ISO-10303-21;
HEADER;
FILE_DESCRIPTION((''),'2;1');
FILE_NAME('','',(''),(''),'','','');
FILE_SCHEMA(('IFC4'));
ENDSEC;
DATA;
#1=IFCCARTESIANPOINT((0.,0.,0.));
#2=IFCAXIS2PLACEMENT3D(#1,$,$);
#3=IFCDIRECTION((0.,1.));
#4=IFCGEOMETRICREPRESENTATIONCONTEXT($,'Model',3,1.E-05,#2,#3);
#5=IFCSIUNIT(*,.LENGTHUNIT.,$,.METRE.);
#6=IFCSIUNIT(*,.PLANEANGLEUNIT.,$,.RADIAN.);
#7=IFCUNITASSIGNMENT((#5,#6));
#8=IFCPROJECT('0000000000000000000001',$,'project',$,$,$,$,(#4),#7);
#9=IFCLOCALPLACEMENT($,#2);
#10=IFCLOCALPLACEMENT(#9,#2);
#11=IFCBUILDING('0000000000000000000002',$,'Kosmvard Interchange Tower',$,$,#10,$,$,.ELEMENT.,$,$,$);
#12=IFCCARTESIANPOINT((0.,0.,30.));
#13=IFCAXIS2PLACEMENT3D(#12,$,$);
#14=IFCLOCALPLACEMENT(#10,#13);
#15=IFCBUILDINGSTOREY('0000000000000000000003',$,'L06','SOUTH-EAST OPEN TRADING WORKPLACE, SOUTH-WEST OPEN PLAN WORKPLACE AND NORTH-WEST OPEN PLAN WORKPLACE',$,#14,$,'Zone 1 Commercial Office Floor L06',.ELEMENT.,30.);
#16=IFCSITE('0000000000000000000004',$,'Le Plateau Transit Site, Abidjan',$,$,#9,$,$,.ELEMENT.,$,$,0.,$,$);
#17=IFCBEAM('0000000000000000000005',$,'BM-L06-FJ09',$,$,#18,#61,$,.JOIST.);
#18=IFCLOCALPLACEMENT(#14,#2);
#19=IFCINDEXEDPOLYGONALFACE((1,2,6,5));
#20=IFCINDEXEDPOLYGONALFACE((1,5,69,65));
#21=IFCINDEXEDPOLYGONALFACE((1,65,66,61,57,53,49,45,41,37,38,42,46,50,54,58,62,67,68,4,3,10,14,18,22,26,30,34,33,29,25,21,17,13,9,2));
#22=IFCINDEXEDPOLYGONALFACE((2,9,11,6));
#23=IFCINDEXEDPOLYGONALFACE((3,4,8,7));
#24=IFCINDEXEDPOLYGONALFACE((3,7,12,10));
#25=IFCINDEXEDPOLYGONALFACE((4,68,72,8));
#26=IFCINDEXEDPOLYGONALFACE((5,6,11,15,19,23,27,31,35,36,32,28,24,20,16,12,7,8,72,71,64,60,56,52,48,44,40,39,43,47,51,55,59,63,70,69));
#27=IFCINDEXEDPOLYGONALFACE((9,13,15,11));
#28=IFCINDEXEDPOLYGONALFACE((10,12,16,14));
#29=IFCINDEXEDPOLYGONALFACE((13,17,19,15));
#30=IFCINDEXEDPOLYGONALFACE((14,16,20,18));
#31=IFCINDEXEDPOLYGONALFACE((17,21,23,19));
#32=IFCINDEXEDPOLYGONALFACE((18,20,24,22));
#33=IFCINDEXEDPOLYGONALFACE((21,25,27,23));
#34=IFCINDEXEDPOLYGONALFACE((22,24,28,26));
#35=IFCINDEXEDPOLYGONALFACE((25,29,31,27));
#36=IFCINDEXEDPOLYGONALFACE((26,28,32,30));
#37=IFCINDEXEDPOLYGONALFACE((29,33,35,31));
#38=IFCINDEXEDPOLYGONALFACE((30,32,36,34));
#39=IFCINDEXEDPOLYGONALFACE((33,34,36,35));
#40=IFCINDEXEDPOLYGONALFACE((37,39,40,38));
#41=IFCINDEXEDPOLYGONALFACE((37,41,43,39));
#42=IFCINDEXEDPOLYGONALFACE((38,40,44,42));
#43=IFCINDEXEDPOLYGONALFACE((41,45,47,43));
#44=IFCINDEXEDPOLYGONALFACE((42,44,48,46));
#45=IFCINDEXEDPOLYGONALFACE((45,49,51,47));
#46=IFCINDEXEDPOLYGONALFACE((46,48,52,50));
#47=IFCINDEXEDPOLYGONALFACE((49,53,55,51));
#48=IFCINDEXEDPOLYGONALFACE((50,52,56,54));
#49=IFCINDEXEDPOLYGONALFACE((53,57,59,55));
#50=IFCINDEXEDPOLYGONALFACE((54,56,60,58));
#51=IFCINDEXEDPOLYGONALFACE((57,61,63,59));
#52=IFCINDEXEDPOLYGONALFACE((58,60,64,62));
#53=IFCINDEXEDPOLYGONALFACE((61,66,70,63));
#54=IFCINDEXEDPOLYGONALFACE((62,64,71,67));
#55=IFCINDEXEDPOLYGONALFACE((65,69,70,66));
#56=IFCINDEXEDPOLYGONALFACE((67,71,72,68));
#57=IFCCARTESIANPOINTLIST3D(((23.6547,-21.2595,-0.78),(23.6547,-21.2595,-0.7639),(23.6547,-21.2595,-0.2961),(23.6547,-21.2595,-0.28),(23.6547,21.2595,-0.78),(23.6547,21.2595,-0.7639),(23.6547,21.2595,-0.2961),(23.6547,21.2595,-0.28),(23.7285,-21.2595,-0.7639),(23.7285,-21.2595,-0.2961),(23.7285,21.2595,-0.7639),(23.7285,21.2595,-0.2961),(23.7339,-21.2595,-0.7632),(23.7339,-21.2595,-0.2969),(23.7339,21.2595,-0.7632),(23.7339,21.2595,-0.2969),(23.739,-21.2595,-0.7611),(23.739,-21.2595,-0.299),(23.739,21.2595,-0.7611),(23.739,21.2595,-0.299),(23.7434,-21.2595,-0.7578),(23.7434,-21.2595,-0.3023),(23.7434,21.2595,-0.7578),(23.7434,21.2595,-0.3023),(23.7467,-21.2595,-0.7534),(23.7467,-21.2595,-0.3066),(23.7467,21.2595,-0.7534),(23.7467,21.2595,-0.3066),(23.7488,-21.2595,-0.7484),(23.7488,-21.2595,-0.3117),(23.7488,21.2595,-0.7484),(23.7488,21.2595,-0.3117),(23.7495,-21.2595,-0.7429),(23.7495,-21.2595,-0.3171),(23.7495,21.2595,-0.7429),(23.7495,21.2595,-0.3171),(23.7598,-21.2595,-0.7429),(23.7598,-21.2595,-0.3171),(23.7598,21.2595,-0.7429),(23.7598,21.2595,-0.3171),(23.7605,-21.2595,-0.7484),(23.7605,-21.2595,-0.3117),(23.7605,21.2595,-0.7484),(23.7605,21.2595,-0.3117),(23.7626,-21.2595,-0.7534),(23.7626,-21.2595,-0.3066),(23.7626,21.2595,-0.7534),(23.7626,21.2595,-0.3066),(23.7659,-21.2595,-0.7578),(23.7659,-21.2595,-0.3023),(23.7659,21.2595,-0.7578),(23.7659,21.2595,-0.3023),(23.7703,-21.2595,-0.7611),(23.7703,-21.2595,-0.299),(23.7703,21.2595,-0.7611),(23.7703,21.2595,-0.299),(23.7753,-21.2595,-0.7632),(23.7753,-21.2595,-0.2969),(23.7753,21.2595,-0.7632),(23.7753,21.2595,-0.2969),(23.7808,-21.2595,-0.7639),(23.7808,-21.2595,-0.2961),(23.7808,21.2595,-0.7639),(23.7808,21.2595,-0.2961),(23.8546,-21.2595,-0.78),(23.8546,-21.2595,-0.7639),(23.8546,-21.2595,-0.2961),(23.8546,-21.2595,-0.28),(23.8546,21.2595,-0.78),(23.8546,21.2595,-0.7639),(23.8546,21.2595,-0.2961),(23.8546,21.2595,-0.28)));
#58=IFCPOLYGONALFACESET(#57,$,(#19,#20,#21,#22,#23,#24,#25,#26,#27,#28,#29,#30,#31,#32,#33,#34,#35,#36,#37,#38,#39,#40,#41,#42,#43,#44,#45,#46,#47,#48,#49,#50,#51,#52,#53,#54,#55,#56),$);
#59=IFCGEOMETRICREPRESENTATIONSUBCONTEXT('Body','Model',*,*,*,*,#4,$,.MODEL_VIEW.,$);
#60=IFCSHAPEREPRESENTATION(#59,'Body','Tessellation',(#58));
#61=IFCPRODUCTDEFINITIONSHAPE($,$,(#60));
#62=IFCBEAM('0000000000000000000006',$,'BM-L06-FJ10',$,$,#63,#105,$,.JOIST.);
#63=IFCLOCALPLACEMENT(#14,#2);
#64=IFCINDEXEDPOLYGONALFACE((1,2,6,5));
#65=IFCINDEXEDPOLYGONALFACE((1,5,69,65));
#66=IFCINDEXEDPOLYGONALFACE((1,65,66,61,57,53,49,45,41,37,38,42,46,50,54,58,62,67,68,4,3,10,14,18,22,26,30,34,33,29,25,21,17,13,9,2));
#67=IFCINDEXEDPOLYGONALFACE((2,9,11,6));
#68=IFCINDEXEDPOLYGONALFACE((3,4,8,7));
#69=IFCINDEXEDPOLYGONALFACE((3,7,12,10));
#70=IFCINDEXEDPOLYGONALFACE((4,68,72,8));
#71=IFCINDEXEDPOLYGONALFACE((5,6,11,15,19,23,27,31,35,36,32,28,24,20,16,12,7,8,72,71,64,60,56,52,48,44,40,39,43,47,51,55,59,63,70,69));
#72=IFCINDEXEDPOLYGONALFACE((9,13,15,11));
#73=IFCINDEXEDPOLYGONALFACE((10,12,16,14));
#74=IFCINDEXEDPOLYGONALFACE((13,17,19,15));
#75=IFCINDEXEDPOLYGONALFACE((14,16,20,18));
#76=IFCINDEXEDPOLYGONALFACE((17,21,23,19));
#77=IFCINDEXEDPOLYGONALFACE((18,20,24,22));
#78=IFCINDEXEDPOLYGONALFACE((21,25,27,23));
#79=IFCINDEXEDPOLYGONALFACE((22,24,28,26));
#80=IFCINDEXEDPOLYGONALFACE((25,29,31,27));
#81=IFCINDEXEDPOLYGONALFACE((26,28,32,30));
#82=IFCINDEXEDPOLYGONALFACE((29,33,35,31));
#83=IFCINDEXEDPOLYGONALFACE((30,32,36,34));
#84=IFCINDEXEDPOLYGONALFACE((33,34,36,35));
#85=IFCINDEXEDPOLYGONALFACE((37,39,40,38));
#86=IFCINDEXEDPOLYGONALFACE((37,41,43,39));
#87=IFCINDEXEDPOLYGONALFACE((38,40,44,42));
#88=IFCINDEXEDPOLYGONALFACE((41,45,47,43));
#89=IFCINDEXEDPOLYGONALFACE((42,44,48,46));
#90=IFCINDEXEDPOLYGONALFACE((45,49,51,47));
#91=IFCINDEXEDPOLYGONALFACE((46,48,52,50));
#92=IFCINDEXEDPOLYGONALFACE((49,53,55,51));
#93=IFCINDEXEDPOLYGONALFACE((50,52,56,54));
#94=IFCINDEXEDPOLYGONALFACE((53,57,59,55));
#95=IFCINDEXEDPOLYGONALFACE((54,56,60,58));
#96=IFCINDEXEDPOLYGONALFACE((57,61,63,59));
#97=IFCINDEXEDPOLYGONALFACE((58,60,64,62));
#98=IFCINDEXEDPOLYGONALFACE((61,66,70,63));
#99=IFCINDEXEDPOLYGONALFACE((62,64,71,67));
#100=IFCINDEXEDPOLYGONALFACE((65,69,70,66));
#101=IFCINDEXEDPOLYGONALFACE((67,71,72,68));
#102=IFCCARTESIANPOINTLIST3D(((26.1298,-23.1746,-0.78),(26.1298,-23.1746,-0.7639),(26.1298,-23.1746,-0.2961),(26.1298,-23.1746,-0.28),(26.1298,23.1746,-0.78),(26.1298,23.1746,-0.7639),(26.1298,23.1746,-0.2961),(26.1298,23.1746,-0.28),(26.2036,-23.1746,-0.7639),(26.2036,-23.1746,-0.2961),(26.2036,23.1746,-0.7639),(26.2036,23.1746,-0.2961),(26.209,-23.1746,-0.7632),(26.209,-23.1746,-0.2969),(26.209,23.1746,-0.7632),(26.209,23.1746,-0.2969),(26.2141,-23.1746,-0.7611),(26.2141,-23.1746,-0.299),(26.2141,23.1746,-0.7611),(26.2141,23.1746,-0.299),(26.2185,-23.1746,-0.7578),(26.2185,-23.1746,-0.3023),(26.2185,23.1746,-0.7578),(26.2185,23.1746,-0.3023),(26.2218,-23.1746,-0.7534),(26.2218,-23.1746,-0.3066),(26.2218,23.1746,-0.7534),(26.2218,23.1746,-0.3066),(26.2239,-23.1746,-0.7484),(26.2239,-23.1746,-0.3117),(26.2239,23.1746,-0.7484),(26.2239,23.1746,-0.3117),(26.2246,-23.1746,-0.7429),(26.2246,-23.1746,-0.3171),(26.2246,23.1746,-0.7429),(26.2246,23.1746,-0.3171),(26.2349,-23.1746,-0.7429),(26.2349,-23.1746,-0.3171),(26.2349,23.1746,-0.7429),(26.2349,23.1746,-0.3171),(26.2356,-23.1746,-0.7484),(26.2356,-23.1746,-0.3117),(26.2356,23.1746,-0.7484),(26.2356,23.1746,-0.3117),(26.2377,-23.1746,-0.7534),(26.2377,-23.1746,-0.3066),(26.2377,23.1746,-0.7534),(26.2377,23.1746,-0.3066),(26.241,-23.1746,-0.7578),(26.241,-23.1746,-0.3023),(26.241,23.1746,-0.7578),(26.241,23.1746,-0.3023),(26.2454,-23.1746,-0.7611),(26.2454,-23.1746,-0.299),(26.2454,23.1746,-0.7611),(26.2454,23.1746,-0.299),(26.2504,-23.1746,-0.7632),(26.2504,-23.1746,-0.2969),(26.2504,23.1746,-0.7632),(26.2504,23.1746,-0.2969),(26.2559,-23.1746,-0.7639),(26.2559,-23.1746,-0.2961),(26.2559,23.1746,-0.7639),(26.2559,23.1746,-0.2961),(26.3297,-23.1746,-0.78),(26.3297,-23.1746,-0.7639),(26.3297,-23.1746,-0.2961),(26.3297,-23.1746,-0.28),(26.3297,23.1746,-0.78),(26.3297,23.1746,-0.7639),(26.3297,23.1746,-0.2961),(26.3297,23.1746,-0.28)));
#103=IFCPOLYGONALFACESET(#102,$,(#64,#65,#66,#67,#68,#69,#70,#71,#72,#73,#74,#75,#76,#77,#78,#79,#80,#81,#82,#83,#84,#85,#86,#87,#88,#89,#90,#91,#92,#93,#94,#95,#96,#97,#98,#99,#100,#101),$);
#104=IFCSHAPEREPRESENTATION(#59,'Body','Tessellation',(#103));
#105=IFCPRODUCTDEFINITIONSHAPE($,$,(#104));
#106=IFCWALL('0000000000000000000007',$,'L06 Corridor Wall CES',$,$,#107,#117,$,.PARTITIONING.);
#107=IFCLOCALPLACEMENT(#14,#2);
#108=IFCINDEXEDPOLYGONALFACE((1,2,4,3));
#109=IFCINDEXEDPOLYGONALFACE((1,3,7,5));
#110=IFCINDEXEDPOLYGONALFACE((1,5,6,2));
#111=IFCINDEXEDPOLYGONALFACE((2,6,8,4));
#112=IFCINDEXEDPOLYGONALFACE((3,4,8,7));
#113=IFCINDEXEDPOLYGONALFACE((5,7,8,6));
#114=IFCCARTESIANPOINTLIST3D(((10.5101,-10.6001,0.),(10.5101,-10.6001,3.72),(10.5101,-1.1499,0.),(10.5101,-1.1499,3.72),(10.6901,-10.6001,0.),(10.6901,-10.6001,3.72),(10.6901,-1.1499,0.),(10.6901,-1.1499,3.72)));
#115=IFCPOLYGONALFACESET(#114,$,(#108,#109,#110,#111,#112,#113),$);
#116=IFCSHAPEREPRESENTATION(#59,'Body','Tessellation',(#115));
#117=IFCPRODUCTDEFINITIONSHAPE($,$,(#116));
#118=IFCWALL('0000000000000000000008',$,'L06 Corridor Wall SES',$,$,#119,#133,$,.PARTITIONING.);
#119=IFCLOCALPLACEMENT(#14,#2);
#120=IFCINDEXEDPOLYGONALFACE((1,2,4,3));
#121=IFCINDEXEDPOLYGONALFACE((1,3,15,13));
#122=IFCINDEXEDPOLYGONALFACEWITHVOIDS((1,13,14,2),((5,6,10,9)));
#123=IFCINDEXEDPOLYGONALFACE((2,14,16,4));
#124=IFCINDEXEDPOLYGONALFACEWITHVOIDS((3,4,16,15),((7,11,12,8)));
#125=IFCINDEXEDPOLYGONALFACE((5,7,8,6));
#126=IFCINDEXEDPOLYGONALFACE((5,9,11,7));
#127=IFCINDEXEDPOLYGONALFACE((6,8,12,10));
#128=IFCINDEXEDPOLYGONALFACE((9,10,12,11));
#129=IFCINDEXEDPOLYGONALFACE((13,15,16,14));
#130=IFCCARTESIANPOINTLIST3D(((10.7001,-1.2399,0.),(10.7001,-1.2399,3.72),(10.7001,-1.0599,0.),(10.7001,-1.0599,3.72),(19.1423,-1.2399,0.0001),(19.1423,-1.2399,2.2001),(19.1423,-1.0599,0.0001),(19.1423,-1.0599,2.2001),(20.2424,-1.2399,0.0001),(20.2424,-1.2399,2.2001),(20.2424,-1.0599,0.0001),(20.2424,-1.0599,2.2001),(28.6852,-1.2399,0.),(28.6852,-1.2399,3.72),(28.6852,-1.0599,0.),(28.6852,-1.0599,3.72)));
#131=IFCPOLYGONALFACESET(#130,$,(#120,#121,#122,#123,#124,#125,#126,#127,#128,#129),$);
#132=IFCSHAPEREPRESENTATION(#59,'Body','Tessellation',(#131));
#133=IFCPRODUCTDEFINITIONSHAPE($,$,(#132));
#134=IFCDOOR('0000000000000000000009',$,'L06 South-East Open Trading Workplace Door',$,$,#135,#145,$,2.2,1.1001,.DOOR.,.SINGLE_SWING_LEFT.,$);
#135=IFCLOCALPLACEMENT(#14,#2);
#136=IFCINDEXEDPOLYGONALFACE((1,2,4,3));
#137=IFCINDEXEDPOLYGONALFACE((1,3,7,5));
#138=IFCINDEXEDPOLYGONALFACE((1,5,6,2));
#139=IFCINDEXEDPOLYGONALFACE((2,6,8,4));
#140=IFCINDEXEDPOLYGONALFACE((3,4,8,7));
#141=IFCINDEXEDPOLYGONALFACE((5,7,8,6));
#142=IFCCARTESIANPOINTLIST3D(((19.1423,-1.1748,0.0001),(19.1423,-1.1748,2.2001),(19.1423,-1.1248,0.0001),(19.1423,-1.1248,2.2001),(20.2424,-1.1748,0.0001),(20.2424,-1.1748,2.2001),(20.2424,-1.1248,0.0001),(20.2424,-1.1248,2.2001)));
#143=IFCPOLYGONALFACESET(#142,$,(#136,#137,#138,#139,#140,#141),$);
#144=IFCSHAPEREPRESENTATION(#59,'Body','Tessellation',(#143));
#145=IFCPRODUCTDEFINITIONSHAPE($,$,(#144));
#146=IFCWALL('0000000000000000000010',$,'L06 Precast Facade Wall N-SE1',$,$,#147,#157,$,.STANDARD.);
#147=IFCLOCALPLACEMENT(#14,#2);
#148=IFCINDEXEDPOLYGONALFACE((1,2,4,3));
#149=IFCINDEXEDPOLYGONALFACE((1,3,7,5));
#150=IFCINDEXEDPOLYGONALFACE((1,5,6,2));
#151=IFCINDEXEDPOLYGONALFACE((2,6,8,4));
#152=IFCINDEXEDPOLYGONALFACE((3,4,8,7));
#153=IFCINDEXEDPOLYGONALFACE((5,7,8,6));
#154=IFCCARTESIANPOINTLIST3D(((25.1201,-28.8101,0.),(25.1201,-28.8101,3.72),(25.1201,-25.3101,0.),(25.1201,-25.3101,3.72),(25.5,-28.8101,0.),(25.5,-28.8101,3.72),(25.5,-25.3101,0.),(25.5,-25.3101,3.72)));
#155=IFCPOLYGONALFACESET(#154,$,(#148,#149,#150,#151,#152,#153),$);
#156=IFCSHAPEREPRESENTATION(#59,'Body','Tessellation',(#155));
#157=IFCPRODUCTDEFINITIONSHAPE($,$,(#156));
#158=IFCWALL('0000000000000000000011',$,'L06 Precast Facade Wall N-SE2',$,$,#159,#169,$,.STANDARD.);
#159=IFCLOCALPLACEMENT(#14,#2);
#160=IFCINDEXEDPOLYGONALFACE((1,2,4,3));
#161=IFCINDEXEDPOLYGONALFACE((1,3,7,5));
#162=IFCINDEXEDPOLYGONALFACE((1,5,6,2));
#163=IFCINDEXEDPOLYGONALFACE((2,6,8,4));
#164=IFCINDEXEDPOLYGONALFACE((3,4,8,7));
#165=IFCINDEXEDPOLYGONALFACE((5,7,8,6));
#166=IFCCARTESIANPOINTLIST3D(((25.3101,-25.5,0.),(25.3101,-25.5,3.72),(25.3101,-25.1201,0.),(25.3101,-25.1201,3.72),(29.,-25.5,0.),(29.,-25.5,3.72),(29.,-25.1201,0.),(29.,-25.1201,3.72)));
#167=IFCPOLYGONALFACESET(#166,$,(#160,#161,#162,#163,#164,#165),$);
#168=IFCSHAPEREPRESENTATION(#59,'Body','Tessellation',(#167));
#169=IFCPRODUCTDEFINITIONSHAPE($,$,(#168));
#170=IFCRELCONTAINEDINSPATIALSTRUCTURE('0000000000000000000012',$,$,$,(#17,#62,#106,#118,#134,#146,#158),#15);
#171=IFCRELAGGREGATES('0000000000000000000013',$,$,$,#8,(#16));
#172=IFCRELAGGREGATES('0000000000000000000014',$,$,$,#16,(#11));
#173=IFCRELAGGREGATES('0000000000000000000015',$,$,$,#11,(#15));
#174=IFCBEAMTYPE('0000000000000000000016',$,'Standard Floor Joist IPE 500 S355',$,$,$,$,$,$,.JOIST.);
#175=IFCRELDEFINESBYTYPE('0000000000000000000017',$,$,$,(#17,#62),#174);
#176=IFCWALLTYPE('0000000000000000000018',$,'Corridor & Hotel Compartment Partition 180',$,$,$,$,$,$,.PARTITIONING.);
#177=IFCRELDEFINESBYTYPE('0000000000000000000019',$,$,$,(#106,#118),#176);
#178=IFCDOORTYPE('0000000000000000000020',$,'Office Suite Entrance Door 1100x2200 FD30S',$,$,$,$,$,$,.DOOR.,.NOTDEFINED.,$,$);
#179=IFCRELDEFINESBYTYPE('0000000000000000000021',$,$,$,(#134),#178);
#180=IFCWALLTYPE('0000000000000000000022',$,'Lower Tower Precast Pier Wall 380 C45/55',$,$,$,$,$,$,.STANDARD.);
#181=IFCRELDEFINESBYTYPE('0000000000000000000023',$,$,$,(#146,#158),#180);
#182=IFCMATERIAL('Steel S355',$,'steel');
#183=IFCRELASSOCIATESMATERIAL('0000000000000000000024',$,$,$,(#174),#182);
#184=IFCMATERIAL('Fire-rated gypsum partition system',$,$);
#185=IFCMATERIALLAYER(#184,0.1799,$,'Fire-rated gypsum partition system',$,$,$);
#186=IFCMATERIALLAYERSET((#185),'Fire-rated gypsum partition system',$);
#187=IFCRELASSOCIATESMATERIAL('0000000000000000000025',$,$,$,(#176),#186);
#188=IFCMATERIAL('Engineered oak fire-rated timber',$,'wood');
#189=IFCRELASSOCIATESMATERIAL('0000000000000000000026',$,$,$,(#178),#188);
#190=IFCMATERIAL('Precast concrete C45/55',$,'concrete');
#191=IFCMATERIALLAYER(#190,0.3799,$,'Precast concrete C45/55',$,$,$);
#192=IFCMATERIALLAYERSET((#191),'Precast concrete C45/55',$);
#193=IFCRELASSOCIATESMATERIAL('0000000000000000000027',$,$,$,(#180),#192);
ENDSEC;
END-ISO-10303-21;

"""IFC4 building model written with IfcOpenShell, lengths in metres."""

from ifc_helpers import new_model, si_unit, direction, frame, frame_2d, origin, origin_2d, place, context, subcontext, project, spatial, rectangle, i_section, extrude, source, transform, mapped, material, layer, layer_set, material_profile, profile_set, type_object, element, fill, save


model = new_model("IFC4")

# Units and contexts
model_context = context("Model", 3, precision=1e-05, world=origin(), true_north=direction((0.0, 1.0)))
body_context = subcontext(model_context, "Body", "Model", "MODEL_VIEW")
ifc_project = project(units=[si_unit("LENGTHUNIT", "METRE"), si_unit("PLANEANGLEUNIT", "RADIAN")], contexts=[model_context])

# Site, building, storey
site_placement = place(None, origin())
site = spatial("IfcSite", under=ifc_project, at=site_placement, Name="Le Plateau Transit Site, Abidjan", CompositionType="ELEMENT", RefElevation=0.0)
building_placement = place(site_placement, origin())
building = spatial("IfcBuilding", under=site, at=building_placement, Name="Kosmvard Interchange Tower", CompositionType="ELEMENT")
storey_placement = place(building_placement, frame((0.0, 0.0, 30.0)))
storey = spatial("IfcBuildingStorey", under=building, at=storey_placement, Name="L06", Description="SOUTH-EAST OPEN TRADING WORKPLACE, SOUTH-WEST OPEN PLAN WORKPLACE AND NORTH-WEST OPEN PLAN WORKPLACE", LongName="Zone 1 Commercial Office Floor L06", CompositionType="ELEMENT", Elevation=30.0)

# Beams
ifc_material_1 = material(Name="Steel S355", Category="steel")
ifc_material_2 = material(Name="Precast concrete C45/55", Category="concrete")
ifc_material_profile_1 = material_profile(ifc_material_1, i_section(OverallWidth=0.2, OverallDepth=0.5, WebThickness=0.0103, FlangeThickness=0.0161, FilletRadius=0.021, at=origin_2d()), Name="IPE 500")
ifc_profile_set_1 = profile_set([ifc_material_profile_1], Name="Steel S355")
beam_type_1 = type_object("IfcBeamType", Name="Standard Floor Joist IPE 500 S355", PredefinedType="JOIST", material=ifc_profile_set_1)
shared_shape_1 = source(origin(), body_context, "Body", "SweptSolid", [
    extrude(i_section(OverallWidth=0.2, OverallDepth=0.5, WebThickness=0.0103, FlangeThickness=0.0161, FilletRadius=0.021, at=origin_2d()), origin(), (0.0, 0.0, 1.0), 42.519),
])
beam_1_placement = place(storey_placement, frame((23.7546, -21.2595, -0.53), z_axis=(0.0, 1.0, 0.0), x_axis=(-1.0, 0.0, 0.0)))
element("IfcBeam", 1, at=beam_1_placement, inside=storey, type_object=beam_type_1, Name="BM-L06-FJ09", PredefinedType="JOIST", context=body_context, shape_type="MappedRepresentation", body=[
    mapped(shared_shape_1, transform((0.0, 0.0, 0.0), scale=1.0)),
])
shared_shape_2 = source(origin(), body_context, "Body", "SweptSolid", [
    extrude(i_section(OverallWidth=0.2, OverallDepth=0.5, WebThickness=0.0103, FlangeThickness=0.0161, FilletRadius=0.021, at=origin_2d()), origin(), (0.0, 0.0, 1.0), 46.3491),
])
beam_2_placement = place(storey_placement, frame((26.2297, -23.1746, -0.53), z_axis=(0.0, 1.0, 0.0), x_axis=(-1.0, 0.0, 0.0)))
element("IfcBeam", 2, at=beam_2_placement, inside=storey, type_object=beam_type_1, Name="BM-L06-FJ10", PredefinedType="JOIST", context=body_context, shape_type="MappedRepresentation", body=[
    mapped(shared_shape_2, transform((0.0, 0.0, 0.0), scale=1.0)),
])

# Wall
ifc_material_3 = material(Name="Fire-rated gypsum partition system")
ifc_layer_1 = layer(ifc_material_3, 0.1799, Name="Fire-rated gypsum partition system")
ifc_layer_set_1 = layer_set([ifc_layer_1], Name="Fire-rated gypsum partition system")
wall_type_1 = type_object("IfcWallType", Name="Corridor & Hotel Compartment Partition 180", PredefinedType="PARTITIONING", material=ifc_layer_set_1)
wall_1_placement = place(storey_placement, frame((10.6001, -10.6001, 0.0), z_axis=(0.0, 0.0, 1.0), x_axis=(0.0, 1.0, 0.0)))
element("IfcWall", 3, at=wall_1_placement, inside=storey, type_object=wall_type_1, Name="L06 Corridor Wall CES", PredefinedType="PARTITIONING", context=body_context, shape_type="SweptSolid", body=[
    extrude(rectangle(XDim=9.4502, YDim=0.1799, at=frame_2d((4.7251, 0.0))), origin(), (0.0, 0.0, 1.0), 3.72),
])

# Wall, opening, door
wall_2_placement = place(storey_placement, frame((10.7, -1.1499, 0.0), z_axis=(0.0, 0.0, 1.0), x_axis=(1.0, 0.0, 0.0)))
wall_2 = element("IfcWall", 4, at=wall_2_placement, inside=storey, type_object=wall_type_1, Name="L06 Corridor Wall SES", PredefinedType="PARTITIONING", context=body_context, shape_type="SweptSolid", body=[
    extrude(rectangle(XDim=17.9851, YDim=0.1799, at=frame_2d((8.9927, 0.0))), origin(), (0.0, 0.0, 1.0), 3.72),
])
opening_1_placement = place(wall_2_placement, frame((8.4424, 0.0, 0.0)))
opening_1 = element("IfcOpeningElement", 5, at=opening_1_placement, cuts=wall_2, PredefinedType="OPENING", context=body_context, shape_type="SweptSolid", body=[
    extrude(rectangle(XDim=1.1001, YDim=2.2, at=frame_2d((0.55, 1.1001))), frame((0.0, 0.1001, 0.0), z_axis=(0.0, -1.0, 0.0), x_axis=(1.0, 0.0, 0.0)), (0.0, 0.0, 1.0), 0.2),
])
ifc_material_4 = material(Name="Engineered oak fire-rated timber", Category="wood")
door_type = type_object("IfcDoorType", Name="Office Suite Entrance Door 1100x2200 FD30S", OperationType="NOTDEFINED", PredefinedType="DOOR", material=ifc_material_4)
shared_shape_3 = source(origin(), body_context, "Body", "SweptSolid", [
    extrude(rectangle(XDim=1.1001, YDim=2.2, at=frame_2d((0.55, 1.1001))), frame((0.0, 0.0249, 0.0), z_axis=(0.0, -1.0, 0.0), x_axis=(1.0, 0.0, 0.0)), (0.0, 0.0, 1.0), 0.05),
])
door_placement = place(opening_1_placement, frame((1.1001, 0.0, 0.0), z_axis=(0.0, 0.0, 1.0), x_axis=(-1.0, 0.0, 0.0)))
door = element("IfcDoor", 6, at=door_placement, inside=storey, type_object=door_type, Name="L06 South-East Open Trading Workplace Door", OperationType="SINGLE_SWING_LEFT", OverallHeight=2.2, OverallWidth=1.1001, PredefinedType="DOOR", context=body_context, shape_type="MappedRepresentation", body=[
    mapped(shared_shape_3, transform((0.0, 0.0, 0.0), scale=1.0)),
])
fill(opening_1, door)

# Walls
ifc_layer_2 = layer(ifc_material_2, 0.3799, Name="Precast concrete C45/55")
ifc_layer_set_2 = layer_set([ifc_layer_2], Name="Precast concrete C45/55")
wall_type_2 = type_object("IfcWallType", Name="Lower Tower Precast Pier Wall 380 C45/55", PredefinedType="STANDARD", material=ifc_layer_set_2)
wall_3_placement = place(storey_placement, frame((25.3101, -28.8101, 0.0), z_axis=(0.0, 0.0, 1.0), x_axis=(0.0, 1.0, 0.0)))
element("IfcWall", 7, at=wall_3_placement, inside=storey, type_object=wall_type_2, Name="L06 Precast Facade Wall N-SE1", PredefinedType="STANDARD", context=body_context, shape_type="SweptSolid", body=[
    extrude(rectangle(XDim=3.5, YDim=0.3799, at=frame_2d((1.75, 0.0))), origin(), (0.0, 0.0, 1.0), 3.72),
])
wall_4_placement = place(storey_placement, frame((25.3101, -25.3101, 0.0), z_axis=(0.0, 0.0, 1.0), x_axis=(1.0, 0.0, 0.0)))
element("IfcWall", 8, at=wall_4_placement, inside=storey, type_object=wall_type_2, Name="L06 Precast Facade Wall N-SE2", PredefinedType="STANDARD", context=body_context, shape_type="SweptSolid", body=[
    extrude(rectangle(XDim=3.6899, YDim=0.3799, at=frame_2d((1.845, 0.0))), origin(), (0.0, 0.0, 1.0), 3.72),
])

save(model, "model.ifc")
